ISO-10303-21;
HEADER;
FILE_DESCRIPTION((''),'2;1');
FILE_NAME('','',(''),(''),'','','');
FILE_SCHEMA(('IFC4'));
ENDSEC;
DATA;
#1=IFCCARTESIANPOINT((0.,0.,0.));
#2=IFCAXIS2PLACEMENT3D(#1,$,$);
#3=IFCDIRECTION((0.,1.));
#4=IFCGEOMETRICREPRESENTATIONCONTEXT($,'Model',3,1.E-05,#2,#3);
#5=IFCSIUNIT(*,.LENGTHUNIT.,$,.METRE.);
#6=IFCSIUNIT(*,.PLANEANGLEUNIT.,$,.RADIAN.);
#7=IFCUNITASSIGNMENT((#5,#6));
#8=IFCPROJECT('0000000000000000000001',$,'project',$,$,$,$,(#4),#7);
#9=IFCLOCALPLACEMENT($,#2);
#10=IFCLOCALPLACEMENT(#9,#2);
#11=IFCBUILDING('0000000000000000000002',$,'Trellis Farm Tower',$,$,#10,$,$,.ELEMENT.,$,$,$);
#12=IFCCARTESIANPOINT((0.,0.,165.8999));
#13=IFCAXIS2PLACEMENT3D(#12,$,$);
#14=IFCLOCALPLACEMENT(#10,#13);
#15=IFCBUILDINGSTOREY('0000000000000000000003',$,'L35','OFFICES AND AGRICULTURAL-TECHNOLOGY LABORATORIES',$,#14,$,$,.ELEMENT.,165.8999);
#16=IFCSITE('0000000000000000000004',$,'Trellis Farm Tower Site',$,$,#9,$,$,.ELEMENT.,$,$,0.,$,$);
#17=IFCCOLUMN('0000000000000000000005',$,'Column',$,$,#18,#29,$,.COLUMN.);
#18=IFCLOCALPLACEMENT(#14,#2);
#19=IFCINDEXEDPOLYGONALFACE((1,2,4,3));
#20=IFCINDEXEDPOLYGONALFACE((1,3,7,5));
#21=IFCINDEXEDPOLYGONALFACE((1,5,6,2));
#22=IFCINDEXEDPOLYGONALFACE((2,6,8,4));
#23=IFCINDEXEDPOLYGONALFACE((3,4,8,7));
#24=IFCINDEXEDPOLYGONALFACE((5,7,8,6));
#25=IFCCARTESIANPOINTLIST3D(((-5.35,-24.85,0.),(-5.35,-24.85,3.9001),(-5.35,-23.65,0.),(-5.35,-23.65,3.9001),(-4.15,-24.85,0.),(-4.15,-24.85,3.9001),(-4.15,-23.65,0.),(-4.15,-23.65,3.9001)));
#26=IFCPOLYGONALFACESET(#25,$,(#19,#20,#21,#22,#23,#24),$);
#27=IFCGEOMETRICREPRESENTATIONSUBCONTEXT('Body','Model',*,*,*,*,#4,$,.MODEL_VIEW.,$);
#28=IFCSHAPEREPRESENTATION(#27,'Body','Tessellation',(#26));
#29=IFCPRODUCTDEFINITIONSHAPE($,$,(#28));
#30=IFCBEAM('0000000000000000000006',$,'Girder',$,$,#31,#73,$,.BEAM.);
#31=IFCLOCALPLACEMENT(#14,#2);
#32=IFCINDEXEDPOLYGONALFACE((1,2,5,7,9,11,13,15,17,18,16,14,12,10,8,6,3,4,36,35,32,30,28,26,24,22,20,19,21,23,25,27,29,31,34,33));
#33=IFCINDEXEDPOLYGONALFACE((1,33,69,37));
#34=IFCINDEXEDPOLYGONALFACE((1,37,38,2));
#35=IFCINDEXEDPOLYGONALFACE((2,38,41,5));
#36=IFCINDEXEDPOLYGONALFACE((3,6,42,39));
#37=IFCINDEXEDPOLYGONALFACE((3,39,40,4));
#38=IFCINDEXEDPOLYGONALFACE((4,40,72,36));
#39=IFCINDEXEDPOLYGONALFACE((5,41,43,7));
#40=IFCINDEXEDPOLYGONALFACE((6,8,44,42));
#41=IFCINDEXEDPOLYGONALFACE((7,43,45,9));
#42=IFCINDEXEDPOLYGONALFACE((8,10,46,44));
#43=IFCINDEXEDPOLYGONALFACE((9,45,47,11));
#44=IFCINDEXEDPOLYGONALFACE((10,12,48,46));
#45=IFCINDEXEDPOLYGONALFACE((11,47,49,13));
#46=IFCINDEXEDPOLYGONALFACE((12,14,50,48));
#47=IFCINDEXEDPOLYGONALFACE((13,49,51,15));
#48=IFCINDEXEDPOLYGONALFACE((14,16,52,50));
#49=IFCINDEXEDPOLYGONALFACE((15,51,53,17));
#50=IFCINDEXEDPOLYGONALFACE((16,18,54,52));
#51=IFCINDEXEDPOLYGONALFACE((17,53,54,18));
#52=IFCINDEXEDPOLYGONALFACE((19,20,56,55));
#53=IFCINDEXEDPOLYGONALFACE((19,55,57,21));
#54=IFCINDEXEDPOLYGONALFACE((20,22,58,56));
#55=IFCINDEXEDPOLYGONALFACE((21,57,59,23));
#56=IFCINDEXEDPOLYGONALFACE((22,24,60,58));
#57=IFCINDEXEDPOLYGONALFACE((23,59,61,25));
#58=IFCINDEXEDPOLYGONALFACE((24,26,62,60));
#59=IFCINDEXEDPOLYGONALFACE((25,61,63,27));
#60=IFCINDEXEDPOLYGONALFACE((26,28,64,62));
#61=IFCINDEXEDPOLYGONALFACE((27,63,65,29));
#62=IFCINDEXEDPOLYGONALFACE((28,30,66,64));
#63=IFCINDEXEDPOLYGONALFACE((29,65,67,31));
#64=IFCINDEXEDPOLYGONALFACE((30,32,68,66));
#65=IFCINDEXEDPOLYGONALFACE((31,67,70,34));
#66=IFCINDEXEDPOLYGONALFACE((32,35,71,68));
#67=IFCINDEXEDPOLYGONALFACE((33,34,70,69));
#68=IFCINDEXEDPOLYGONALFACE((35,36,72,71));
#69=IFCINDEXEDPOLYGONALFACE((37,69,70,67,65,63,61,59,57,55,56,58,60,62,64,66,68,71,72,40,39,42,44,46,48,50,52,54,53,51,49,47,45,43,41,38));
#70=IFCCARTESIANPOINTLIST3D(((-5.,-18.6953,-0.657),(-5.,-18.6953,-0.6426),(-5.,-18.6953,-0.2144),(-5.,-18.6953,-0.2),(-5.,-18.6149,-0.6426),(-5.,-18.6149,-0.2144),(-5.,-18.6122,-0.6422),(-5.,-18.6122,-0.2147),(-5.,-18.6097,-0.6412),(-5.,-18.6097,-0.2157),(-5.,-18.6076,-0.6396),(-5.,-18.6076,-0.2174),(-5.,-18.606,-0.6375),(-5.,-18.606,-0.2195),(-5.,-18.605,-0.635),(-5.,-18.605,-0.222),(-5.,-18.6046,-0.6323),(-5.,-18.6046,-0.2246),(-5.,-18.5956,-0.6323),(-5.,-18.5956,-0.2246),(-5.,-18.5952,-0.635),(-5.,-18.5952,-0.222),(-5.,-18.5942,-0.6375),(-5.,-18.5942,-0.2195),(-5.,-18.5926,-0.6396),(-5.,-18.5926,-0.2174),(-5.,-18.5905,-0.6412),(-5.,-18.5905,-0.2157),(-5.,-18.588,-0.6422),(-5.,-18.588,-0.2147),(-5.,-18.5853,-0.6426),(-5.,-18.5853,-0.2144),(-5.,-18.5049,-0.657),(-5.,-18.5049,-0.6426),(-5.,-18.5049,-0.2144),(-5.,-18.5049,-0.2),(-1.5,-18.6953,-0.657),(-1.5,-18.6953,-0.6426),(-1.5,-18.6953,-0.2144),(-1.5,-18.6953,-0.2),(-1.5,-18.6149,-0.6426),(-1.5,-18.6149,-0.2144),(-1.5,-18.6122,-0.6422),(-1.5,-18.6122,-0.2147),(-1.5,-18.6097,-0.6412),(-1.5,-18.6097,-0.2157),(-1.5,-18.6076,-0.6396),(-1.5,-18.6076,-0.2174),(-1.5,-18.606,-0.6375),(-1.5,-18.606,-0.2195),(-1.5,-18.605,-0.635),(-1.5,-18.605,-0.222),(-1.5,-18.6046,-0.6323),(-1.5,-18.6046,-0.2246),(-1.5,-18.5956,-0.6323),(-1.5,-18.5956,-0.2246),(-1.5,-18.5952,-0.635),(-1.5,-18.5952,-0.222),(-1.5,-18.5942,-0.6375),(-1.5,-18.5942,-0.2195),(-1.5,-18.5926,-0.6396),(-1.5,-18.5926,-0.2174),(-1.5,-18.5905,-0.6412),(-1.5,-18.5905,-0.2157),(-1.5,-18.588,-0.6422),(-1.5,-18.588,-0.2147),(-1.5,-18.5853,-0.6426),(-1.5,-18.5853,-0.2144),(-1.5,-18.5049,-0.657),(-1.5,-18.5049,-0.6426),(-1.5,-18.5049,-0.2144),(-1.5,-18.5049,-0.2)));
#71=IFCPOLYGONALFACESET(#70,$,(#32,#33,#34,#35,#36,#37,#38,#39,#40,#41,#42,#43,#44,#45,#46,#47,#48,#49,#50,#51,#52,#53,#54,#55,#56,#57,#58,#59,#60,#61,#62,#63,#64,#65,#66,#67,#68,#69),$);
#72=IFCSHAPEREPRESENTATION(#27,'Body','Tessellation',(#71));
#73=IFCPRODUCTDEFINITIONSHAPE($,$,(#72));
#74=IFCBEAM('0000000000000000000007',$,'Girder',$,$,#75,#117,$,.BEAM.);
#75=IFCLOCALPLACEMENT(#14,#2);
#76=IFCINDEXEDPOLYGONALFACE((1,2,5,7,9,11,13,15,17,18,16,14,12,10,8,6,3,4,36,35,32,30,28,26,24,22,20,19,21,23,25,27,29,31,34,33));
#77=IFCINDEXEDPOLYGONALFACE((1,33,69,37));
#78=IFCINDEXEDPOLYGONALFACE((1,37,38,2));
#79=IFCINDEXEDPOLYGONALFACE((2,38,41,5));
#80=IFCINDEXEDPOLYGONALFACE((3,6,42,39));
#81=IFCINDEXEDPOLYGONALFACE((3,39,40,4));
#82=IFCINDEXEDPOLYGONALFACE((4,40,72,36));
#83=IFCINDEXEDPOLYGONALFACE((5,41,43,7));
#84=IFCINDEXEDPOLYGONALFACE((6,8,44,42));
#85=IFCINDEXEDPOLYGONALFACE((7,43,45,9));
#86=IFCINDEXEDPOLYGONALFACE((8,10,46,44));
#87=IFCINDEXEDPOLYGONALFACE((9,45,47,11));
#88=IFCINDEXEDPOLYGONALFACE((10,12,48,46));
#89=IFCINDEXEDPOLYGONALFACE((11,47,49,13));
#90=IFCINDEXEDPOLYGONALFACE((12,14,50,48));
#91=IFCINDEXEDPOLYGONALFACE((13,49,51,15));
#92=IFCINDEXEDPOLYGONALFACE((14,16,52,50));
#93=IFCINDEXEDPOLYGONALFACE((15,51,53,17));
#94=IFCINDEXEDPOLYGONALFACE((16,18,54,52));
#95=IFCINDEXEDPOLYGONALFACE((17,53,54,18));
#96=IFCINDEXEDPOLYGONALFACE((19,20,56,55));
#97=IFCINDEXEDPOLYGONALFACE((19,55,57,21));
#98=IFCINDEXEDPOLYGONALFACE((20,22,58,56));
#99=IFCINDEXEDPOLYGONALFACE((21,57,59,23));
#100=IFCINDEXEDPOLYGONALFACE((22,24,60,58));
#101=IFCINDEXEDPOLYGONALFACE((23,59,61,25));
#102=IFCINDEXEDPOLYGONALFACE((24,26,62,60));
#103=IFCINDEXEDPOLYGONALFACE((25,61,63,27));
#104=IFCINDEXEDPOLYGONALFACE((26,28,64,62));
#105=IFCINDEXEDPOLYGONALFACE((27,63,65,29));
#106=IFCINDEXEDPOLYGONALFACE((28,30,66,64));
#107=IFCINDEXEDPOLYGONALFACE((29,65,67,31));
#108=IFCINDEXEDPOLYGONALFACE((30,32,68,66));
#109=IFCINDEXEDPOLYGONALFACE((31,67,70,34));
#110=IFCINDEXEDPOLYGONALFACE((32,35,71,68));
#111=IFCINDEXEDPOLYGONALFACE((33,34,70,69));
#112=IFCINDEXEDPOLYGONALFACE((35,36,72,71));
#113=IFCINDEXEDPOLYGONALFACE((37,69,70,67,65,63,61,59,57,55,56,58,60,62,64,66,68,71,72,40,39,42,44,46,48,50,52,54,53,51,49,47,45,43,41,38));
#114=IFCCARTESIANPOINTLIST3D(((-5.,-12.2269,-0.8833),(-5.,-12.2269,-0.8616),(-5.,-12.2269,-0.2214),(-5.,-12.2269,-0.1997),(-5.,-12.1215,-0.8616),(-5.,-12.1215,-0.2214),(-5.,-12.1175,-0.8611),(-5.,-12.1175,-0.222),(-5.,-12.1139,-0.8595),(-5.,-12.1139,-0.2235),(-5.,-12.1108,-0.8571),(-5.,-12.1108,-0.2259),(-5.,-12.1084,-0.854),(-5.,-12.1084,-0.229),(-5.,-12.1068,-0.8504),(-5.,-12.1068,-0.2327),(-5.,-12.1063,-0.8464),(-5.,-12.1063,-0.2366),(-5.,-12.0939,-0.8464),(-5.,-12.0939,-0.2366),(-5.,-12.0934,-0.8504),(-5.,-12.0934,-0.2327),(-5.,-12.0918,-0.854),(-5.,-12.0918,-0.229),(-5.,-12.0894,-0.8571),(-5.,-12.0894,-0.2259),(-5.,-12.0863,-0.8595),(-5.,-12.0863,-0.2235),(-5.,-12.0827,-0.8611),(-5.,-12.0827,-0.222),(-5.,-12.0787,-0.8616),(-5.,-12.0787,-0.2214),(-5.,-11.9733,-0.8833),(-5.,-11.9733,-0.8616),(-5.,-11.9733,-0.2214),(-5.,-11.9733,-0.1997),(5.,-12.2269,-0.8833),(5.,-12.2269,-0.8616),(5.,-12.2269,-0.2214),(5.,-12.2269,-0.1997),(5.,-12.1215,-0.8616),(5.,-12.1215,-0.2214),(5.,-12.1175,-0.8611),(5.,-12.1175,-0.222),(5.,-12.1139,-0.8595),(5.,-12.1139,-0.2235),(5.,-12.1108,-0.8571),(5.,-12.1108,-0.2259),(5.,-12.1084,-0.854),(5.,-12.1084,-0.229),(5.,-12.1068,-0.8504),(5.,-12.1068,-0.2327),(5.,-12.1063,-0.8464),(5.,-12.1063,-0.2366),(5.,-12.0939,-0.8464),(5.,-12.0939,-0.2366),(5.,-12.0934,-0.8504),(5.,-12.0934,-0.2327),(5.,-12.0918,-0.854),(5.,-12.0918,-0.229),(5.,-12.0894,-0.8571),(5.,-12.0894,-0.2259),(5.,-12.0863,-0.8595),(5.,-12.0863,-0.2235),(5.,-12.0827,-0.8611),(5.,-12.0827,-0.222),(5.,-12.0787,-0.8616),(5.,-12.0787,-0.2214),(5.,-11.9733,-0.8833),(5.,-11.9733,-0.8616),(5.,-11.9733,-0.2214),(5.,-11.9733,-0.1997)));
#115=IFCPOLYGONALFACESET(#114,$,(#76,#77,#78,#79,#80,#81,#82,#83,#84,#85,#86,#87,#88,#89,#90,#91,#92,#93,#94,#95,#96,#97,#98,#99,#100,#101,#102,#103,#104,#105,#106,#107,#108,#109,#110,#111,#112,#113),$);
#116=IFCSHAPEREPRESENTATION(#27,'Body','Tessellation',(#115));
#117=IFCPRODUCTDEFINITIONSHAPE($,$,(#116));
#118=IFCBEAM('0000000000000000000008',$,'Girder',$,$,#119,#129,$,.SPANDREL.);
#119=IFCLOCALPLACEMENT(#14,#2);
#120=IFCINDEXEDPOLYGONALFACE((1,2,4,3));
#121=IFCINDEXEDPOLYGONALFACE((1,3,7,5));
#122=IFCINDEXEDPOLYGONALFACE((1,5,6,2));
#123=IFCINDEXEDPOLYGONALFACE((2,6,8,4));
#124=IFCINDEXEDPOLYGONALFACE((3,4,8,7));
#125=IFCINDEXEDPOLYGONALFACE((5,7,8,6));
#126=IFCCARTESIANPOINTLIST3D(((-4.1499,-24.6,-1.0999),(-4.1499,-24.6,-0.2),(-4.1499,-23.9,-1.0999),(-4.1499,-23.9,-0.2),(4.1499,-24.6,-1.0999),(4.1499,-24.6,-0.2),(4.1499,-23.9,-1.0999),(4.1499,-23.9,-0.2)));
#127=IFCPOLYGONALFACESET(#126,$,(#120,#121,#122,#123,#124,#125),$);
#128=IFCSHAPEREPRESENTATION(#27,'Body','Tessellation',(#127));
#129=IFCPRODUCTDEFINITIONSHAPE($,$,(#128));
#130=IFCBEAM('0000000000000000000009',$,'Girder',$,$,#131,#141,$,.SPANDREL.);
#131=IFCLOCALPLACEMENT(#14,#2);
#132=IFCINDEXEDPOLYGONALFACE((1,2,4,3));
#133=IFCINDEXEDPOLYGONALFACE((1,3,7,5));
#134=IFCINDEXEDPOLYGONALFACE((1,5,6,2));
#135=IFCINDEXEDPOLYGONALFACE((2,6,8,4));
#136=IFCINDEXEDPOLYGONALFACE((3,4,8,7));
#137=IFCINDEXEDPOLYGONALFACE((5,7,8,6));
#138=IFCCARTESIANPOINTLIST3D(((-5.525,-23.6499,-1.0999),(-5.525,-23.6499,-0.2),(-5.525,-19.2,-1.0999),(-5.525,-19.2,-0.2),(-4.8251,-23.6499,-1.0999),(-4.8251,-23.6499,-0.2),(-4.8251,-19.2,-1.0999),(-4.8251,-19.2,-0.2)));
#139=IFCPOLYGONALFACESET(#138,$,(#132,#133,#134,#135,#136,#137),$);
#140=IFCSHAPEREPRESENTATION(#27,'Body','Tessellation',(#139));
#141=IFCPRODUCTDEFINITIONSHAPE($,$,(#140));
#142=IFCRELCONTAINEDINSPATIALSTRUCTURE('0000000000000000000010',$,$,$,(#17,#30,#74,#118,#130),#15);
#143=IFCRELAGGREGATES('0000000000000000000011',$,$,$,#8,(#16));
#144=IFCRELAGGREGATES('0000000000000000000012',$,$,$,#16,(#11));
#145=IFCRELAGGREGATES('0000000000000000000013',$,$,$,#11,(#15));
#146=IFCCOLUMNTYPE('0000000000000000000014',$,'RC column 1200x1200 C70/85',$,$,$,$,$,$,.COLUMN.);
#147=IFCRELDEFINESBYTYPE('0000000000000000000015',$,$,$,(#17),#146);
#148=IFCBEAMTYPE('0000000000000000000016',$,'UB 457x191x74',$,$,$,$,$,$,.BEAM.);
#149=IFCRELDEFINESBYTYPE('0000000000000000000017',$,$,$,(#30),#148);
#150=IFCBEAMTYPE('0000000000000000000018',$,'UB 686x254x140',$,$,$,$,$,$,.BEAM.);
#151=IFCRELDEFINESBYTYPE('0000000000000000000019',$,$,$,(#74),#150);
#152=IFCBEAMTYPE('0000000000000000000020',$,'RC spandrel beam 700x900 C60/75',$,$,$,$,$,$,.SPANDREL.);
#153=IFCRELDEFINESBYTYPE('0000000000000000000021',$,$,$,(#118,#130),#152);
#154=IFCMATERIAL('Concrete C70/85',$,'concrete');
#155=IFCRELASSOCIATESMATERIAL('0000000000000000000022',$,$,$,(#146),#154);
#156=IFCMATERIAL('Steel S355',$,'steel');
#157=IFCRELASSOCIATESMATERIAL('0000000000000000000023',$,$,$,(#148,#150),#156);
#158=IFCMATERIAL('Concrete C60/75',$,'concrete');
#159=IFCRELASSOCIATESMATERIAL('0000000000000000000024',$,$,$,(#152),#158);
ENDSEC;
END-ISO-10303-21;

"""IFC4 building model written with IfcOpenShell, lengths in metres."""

from ifc_helpers import new_model, si_unit, direction, frame, origin, origin_2d, place, context, subcontext, project, spatial, rectangle, i_section, extrude, source, transform, mapped, material, material_profile, profile_set, type_object, element, save


model = new_model("IFC4")

# Units and contexts
model_context = context("Model", 3, precision=1e-05, world=origin(), true_north=direction((0.0, 1.0)))
body_context = subcontext(model_context, "Body", "Model", "MODEL_VIEW")
ifc_project = project(units=[si_unit("LENGTHUNIT", "METRE"), si_unit("PLANEANGLEUNIT", "RADIAN")], contexts=[model_context])

# Site, building, storey
site_placement = place(None, origin())
site = spatial("IfcSite", under=ifc_project, at=site_placement, Name="Trellis Farm Tower Site", CompositionType="ELEMENT", RefElevation=0.0)
building_placement = place(site_placement, origin())
building = spatial("IfcBuilding", under=site, at=building_placement, Name="Trellis Farm Tower", CompositionType="ELEMENT")
storey_placement = place(building_placement, frame((0.0, 0.0, 165.8999)))
storey = spatial("IfcBuildingStorey", under=building, at=storey_placement, Name="L35", Description="OFFICES AND AGRICULTURAL-TECHNOLOGY LABORATORIES", CompositionType="ELEMENT", Elevation=165.8999)

# Column
ifc_material_1 = material(Name="Concrete C70/85", Category="concrete")
ifc_material_profile_1 = material_profile(ifc_material_1, rectangle(XDim=1.2, YDim=1.2, at=origin_2d()), Name="RC column 1200x1200 C70/85")
ifc_profile_set_1 = profile_set([ifc_material_profile_1], Name="Concrete C70/85")
column_type = type_object("IfcColumnType", Name="RC column 1200x1200 C70/85", PredefinedType="COLUMN", material=ifc_profile_set_1)
shared_shape_1 = source(origin(), body_context, "Body", "SweptSolid", [
    extrude(rectangle(XDim=1.2, YDim=1.2, at=origin_2d()), origin(), (0.0, 0.0, 1.0), 3.9001),
])
column_placement = place(storey_placement, frame((-4.75, -24.25, 0.0), z_axis=(0.0, 0.0, 1.0), x_axis=(1.0, 0.0, 0.0)))
element("IfcColumn", 1, at=column_placement, inside=storey, type_object=column_type, Name="Column", PredefinedType="COLUMN", context=body_context, shape_type="MappedRepresentation", body=[
    mapped(shared_shape_1, transform((0.0, 0.0, 0.0))),
])

# Beams
ifc_material_2 = material(Name="Steel S355", Category="steel")
ifc_material_profile_2 = material_profile(ifc_material_2, i_section(OverallWidth=0.1904, OverallDepth=0.457, WebThickness=0.009, FlangeThickness=0.0144, FilletRadius=0.0103, at=origin_2d()), Name="UB 457x191x74")
ifc_profile_set_2 = profile_set([ifc_material_profile_2], Name="Steel S355")
beam_type_1 = type_object("IfcBeamType", Name="UB 457x191x74", PredefinedType="BEAM", material=ifc_profile_set_2)
shared_shape_2 = source(origin(), body_context, "Body", "SweptSolid", [
    extrude(i_section(OverallWidth=0.1904, OverallDepth=0.457, WebThickness=0.009, FlangeThickness=0.0144, FilletRadius=0.0103, at=origin_2d()), origin(), (0.0, 0.0, 1.0), 3.5),
])
beam_1_placement = place(storey_placement, frame((-5.0, -18.6001, -0.4285), z_axis=(1.0, 0.0, 0.0), x_axis=(0.0, 1.0, 0.0)))
element("IfcBeam", 2, at=beam_1_placement, inside=storey, type_object=beam_type_1, Name="Girder", PredefinedType="BEAM", context=body_context, shape_type="MappedRepresentation", body=[
    mapped(shared_shape_2, transform((0.0, 0.0, 0.0))),
])
ifc_material_profile_3 = material_profile(ifc_material_2, i_section(OverallWidth=0.2537, OverallDepth=0.6836, WebThickness=0.0125, FlangeThickness=0.0217, FilletRadius=0.0151, at=origin_2d()), Name="UB 686x254x140")
ifc_profile_set_3 = profile_set([ifc_material_profile_3], Name="Steel S355")
beam_type_2 = type_object("IfcBeamType", Name="UB 686x254x140", PredefinedType="BEAM", material=ifc_profile_set_3)
shared_shape_3 = source(origin(), body_context, "Body", "SweptSolid", [
    extrude(i_section(OverallWidth=0.2537, OverallDepth=0.6836, WebThickness=0.0125, FlangeThickness=0.0217, FilletRadius=0.0151, at=origin_2d()), origin(), (0.0, 0.0, 1.0), 10.0),
])
beam_2_placement = place(storey_placement, frame((-5.0, -12.1001, -0.5415), z_axis=(1.0, 0.0, 0.0), x_axis=(0.0, 1.0, 0.0)))
element("IfcBeam", 3, at=beam_2_placement, inside=storey, type_object=beam_type_2, Name="Girder", PredefinedType="BEAM", context=body_context, shape_type="MappedRepresentation", body=[
    mapped(shared_shape_3, transform((0.0, 0.0, 0.0))),
])
ifc_material_3 = material(Name="Concrete C60/75", Category="concrete")
ifc_material_profile_4 = material_profile(ifc_material_3, rectangle(XDim=0.7, YDim=0.8999, at=origin_2d()), Name="RC spandrel beam 700x900 C60/75")
ifc_profile_set_4 = profile_set([ifc_material_profile_4], Name="Concrete C60/75")
beam_type_3 = type_object("IfcBeamType", Name="RC spandrel beam 700x900 C60/75", PredefinedType="SPANDREL", material=ifc_profile_set_4)
shared_shape_4 = source(origin(), body_context, "Body", "SweptSolid", [
    extrude(rectangle(XDim=0.7, YDim=0.8999, at=origin_2d()), origin(), (0.0, 0.0, 1.0), 8.2998),
])
beam_3_placement = place(storey_placement, frame((-4.1499, -24.25, -0.6499), z_axis=(1.0, 0.0, 0.0), x_axis=(0.0, 1.0, 0.0)))
element("IfcBeam", 4, at=beam_3_placement, inside=storey, type_object=beam_type_3, Name="Girder", PredefinedType="SPANDREL", context=body_context, shape_type="MappedRepresentation", body=[
    mapped(shared_shape_4, transform((0.0, 0.0, 0.0))),
])
shared_shape_5 = source(origin(), body_context, "Body", "SweptSolid", [
    extrude(rectangle(XDim=0.7, YDim=0.8999, at=origin_2d()), origin(), (0.0, 0.0, 1.0), 4.45),
])
beam_4_placement = place(storey_placement, frame((-5.175, -23.6499, -0.6499), z_axis=(0.0, 1.0, 0.0), x_axis=(-1.0, 0.0, 0.0)))
element("IfcBeam", 5, at=beam_4_placement, inside=storey, type_object=beam_type_3, Name="Girder", PredefinedType="SPANDREL", context=body_context, shape_type="MappedRepresentation", body=[
    mapped(shared_shape_5, transform((0.0, 0.0, 0.0))),
])

save(model, "model.ifc")
